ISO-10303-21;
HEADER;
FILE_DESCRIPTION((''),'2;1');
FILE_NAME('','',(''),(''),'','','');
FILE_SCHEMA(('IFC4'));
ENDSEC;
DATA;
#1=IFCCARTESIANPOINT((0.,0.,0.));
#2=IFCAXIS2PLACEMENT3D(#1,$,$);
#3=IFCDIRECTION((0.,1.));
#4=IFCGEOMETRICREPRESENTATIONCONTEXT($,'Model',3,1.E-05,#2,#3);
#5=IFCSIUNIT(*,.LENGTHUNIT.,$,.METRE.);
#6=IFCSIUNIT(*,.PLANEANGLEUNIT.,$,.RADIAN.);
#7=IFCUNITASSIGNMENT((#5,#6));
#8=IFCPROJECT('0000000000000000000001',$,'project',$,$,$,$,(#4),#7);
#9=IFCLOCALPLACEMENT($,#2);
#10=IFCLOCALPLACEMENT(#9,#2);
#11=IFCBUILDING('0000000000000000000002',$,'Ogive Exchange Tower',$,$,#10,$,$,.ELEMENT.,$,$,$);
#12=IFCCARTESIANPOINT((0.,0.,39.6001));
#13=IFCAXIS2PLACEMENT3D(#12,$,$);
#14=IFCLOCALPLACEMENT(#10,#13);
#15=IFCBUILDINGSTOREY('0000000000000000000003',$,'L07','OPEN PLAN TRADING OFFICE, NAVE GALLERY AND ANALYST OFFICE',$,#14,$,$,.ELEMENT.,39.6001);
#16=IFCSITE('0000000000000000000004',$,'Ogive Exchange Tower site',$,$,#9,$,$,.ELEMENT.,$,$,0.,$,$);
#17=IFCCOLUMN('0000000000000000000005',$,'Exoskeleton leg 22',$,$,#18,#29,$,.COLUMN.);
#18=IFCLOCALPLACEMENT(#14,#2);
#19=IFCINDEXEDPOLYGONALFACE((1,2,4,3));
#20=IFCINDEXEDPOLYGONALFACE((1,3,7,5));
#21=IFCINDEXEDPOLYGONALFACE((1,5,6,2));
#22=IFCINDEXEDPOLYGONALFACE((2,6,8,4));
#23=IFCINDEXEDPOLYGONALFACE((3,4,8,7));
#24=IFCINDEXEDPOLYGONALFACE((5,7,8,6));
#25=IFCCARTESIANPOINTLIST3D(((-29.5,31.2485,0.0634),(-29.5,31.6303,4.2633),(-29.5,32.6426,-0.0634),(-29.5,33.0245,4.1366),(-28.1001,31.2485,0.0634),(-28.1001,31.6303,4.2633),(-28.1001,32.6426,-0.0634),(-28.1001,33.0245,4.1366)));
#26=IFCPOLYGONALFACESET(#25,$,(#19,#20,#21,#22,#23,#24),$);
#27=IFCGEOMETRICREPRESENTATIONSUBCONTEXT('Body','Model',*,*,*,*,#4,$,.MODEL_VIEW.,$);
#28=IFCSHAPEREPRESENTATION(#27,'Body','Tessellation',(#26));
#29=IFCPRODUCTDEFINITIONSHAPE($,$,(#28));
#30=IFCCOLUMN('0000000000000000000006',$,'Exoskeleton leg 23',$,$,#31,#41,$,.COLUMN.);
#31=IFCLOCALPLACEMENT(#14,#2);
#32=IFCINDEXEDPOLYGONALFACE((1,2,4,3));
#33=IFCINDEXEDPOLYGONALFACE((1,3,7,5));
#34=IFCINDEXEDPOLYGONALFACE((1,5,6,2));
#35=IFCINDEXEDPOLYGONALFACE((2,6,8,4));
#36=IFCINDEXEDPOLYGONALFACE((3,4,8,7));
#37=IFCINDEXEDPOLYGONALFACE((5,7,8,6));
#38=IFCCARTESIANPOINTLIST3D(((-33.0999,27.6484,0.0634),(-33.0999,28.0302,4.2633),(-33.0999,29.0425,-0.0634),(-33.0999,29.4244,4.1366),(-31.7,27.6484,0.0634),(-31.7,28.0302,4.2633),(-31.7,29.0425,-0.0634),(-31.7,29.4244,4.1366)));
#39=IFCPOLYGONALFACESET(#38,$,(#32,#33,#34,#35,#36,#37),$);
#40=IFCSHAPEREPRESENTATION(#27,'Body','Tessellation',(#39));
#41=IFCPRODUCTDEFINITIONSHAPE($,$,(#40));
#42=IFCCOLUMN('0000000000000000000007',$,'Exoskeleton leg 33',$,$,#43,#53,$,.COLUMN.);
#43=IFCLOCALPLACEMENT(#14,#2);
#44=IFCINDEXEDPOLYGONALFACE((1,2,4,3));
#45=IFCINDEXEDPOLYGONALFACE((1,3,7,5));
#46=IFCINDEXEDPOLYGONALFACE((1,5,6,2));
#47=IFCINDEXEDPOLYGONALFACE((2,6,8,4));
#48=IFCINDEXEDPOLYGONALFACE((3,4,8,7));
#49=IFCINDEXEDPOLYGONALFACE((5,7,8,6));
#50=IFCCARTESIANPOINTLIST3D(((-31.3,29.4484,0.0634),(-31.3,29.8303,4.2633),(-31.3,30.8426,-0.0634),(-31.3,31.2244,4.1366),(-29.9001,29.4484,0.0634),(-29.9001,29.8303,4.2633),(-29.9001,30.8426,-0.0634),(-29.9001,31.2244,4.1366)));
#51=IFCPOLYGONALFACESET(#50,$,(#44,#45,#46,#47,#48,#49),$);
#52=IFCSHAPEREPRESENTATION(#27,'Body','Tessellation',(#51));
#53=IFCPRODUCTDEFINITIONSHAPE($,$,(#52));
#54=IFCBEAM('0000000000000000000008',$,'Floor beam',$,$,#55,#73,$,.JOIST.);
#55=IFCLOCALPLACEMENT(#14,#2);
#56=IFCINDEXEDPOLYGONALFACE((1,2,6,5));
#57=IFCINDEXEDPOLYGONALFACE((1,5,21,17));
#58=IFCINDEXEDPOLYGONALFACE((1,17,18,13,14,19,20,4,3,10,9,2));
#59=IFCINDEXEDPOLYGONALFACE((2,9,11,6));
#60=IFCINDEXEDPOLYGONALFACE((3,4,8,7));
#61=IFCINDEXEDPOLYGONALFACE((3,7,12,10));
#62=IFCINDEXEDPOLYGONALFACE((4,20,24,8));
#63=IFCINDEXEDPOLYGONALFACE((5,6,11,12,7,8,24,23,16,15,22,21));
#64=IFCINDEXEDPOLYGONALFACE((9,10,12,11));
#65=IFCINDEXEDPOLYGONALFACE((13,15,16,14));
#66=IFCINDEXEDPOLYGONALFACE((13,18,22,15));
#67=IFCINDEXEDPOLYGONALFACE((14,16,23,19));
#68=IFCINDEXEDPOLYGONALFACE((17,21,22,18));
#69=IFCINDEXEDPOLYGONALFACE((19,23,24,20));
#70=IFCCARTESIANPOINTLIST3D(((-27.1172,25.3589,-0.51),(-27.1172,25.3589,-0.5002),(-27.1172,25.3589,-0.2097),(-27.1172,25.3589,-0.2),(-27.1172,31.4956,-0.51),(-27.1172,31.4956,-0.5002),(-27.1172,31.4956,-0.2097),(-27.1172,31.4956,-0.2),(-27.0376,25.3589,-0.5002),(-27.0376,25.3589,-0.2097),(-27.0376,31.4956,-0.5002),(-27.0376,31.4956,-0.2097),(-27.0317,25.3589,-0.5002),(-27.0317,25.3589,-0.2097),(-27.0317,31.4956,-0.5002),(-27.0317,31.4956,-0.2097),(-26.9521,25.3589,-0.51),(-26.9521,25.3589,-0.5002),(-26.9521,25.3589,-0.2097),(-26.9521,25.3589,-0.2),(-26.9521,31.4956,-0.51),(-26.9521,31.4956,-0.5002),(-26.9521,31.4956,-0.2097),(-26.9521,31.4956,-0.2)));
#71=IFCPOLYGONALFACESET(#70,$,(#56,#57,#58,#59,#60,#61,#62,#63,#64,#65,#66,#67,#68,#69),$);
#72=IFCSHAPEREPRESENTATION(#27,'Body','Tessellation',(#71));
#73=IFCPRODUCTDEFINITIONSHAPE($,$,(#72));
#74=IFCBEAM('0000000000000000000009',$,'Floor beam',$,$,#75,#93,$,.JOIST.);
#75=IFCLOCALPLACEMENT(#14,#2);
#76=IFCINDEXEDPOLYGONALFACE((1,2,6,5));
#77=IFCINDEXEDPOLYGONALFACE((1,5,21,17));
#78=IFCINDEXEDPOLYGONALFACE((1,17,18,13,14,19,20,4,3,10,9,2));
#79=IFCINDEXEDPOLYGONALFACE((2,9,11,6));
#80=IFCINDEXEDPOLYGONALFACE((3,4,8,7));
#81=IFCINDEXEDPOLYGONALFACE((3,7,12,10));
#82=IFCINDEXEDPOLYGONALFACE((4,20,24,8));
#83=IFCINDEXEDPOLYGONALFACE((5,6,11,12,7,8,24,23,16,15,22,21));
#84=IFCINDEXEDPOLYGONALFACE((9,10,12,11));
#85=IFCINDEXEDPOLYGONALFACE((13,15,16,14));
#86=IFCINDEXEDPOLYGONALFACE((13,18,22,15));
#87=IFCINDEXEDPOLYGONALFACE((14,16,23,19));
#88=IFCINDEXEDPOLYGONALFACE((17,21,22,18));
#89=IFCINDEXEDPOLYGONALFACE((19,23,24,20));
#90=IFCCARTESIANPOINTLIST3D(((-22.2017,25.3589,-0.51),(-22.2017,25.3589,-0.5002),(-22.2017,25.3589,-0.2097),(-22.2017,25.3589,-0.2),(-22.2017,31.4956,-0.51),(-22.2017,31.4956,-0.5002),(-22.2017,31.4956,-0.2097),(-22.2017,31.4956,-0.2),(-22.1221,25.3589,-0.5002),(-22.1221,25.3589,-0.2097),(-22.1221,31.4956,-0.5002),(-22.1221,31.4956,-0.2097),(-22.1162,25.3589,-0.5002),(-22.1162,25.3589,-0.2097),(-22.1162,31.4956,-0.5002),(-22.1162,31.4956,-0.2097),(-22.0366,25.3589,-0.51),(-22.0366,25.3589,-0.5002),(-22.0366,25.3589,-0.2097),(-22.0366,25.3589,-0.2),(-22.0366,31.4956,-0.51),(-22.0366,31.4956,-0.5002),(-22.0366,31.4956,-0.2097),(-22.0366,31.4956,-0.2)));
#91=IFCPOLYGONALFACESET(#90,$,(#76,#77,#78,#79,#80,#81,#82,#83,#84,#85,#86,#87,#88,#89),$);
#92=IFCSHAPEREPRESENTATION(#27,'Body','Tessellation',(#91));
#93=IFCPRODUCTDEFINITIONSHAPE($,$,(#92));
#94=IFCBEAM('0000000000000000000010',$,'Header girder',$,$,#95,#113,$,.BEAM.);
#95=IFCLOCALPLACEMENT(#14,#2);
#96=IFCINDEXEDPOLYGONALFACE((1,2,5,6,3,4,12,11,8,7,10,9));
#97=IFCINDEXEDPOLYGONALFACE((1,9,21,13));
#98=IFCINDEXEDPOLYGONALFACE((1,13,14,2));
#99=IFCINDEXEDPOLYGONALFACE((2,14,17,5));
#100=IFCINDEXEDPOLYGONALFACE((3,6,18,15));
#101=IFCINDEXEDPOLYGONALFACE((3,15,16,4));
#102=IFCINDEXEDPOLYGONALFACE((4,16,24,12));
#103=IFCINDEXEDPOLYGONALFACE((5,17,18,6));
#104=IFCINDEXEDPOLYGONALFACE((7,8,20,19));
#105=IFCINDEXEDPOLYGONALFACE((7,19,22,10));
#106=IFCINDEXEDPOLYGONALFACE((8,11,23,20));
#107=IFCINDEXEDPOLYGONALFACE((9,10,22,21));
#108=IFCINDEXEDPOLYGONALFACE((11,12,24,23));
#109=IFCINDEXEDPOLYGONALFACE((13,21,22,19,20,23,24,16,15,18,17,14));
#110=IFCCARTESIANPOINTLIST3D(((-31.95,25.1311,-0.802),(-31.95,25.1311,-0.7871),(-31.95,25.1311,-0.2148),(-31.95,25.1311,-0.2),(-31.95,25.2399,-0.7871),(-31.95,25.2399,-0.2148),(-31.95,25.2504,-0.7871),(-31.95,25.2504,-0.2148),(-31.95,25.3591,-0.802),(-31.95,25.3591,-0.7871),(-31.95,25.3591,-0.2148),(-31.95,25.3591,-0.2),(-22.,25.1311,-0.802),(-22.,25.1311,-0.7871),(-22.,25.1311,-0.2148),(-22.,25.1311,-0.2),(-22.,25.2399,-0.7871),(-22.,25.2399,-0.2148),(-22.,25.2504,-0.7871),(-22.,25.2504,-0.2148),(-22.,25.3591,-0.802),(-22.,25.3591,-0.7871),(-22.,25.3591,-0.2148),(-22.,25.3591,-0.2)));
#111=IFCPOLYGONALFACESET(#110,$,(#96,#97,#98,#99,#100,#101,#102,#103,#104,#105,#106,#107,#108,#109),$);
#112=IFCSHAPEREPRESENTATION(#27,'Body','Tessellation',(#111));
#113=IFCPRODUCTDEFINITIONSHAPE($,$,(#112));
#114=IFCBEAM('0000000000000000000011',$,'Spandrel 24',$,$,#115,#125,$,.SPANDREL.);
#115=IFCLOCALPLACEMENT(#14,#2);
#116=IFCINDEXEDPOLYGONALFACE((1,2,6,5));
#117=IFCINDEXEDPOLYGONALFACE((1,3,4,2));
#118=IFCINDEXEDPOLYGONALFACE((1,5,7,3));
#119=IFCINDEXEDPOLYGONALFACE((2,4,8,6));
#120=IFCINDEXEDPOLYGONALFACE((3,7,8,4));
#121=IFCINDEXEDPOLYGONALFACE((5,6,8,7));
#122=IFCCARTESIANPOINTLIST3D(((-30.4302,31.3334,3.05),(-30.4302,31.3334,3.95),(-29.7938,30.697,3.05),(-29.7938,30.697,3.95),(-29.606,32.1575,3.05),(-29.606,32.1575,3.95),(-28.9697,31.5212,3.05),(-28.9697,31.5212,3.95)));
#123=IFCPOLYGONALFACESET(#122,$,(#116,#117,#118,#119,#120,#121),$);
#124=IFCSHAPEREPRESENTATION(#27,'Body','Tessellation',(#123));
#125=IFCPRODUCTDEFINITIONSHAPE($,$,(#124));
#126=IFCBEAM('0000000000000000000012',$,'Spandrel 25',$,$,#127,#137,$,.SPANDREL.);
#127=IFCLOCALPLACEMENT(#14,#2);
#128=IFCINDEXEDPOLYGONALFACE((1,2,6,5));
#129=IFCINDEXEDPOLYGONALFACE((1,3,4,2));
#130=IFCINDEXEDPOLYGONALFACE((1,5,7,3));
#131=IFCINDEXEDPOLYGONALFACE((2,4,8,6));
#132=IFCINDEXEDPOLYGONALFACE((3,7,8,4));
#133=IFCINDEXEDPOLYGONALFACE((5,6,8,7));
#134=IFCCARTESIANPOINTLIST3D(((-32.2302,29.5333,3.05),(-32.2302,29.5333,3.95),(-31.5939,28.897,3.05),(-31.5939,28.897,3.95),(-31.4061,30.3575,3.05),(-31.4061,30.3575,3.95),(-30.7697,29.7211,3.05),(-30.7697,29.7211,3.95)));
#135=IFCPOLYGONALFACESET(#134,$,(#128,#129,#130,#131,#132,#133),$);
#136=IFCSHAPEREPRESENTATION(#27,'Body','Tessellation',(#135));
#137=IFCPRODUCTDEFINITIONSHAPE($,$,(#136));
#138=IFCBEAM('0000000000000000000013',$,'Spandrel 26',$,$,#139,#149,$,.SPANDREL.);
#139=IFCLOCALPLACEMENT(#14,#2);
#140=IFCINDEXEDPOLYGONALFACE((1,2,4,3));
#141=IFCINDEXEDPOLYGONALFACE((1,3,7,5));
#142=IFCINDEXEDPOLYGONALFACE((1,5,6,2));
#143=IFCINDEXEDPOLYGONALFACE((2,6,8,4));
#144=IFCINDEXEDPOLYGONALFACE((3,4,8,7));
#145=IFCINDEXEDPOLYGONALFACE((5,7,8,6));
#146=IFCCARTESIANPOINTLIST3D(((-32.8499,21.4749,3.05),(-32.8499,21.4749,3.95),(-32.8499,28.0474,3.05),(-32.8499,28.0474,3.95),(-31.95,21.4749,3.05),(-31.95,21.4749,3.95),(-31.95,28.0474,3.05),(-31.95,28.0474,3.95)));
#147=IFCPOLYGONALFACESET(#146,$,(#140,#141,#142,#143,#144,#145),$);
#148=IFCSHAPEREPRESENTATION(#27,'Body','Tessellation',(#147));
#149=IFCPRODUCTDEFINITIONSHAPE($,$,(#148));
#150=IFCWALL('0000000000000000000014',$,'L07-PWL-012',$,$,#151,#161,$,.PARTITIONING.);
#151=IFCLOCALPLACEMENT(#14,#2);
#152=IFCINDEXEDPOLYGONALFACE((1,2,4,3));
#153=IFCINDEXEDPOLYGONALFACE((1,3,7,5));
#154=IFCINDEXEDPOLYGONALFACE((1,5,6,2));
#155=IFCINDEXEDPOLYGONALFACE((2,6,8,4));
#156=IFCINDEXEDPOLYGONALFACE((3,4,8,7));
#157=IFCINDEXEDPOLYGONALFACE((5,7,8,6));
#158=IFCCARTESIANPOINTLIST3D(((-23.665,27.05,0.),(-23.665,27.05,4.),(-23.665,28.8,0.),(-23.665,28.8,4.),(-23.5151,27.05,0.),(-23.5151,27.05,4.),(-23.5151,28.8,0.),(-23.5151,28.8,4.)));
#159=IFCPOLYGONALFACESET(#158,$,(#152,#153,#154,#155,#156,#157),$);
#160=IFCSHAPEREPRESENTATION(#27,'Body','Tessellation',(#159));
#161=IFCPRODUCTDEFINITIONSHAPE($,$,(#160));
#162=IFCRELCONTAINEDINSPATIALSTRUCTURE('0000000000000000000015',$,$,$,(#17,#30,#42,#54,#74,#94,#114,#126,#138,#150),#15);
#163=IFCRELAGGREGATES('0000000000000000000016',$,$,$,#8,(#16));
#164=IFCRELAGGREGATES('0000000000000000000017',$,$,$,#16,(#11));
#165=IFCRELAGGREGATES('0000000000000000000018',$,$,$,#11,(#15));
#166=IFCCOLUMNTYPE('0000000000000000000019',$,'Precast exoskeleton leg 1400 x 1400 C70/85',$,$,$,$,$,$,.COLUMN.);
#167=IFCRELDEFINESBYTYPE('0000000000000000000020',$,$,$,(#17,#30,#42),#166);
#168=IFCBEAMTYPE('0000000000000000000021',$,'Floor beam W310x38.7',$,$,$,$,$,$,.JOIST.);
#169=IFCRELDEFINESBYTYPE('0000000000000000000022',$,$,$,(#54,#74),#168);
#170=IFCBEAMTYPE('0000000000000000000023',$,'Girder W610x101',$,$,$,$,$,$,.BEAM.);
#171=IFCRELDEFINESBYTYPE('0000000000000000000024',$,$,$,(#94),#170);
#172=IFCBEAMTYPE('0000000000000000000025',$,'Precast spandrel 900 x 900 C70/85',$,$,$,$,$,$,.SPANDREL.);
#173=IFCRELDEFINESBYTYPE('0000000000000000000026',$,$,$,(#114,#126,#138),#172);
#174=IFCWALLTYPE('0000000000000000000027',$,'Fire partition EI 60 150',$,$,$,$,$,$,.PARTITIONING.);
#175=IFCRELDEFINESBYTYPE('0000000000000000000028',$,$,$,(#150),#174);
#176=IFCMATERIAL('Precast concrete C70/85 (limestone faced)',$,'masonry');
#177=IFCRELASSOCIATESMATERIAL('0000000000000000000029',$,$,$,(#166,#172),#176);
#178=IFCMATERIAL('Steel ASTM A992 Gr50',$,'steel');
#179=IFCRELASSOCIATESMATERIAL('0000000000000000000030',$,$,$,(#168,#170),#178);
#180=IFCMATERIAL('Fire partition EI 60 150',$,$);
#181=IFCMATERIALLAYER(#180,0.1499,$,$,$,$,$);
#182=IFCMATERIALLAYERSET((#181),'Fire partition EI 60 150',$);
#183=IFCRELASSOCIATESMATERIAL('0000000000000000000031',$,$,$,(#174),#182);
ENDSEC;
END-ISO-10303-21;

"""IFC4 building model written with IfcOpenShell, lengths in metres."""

from ifc_helpers import new_model, si_unit, direction, frame, frame_2d, origin, origin_2d, place, context, subcontext, project, spatial, rectangle, i_section, extrude, material, layer, layer_set, material_profile, profile_set, type_object, element, save


model = new_model("IFC4")

# Units and contexts
model_context = context("Model", 3, precision=1e-05, world=origin(), true_north=direction((0.0, 1.0)))
body_context = subcontext(model_context, "Body", "Model", "MODEL_VIEW")
ifc_project = project(units=[si_unit("LENGTHUNIT", "METRE"), si_unit("PLANEANGLEUNIT", "RADIAN")], contexts=[model_context])

# Site, building, storey
site_placement = place(None, origin())
site = spatial("IfcSite", under=ifc_project, at=site_placement, Name="Ogive Exchange Tower site", CompositionType="ELEMENT", RefElevation=0.0)
building_placement = place(site_placement, origin())
building = spatial("IfcBuilding", under=site, at=building_placement, Name="Ogive Exchange Tower", CompositionType="ELEMENT")
storey_placement = place(building_placement, frame((0.0, 0.0, 39.6001)))
storey = spatial("IfcBuildingStorey", under=building, at=storey_placement, Name="L07", Description="OPEN PLAN TRADING OFFICE, NAVE GALLERY AND ANALYST OFFICE", CompositionType="ELEMENT", Elevation=39.6001)

# Columns
ifc_material_1 = material(Name="Precast concrete C70/85 (limestone faced)", Category="masonry")
ifc_material_profile_1 = material_profile(ifc_material_1, rectangle(XDim=1.3999, YDim=1.3999, at=origin_2d()), Name="1400 x 1400")
ifc_profile_set_1 = profile_set([ifc_material_profile_1], Name="Precast concrete C70/85 (limestone faced)")
column_type = type_object("IfcColumnType", Name="Precast exoskeleton leg 1400 x 1400 C70/85", PredefinedType="COLUMN", material=ifc_profile_set_1)
for number, where, z_axis, x_axis, name in (
    (1, (-28.8, 31.9456, 0.0), (0.0, 0.090541, 0.995893), (-1.0, 0.0, 0.0), "Exoskeleton leg 22"),
    (2, (-32.3999, 28.3455, 0.0), (0.0, 0.090541, 0.995893), (-1.0, 0.0, 0.0), "Exoskeleton leg 23"),
    (3, (-30.6001, 30.1455, 0.0), (0.0, 0.090541, 0.995893), (-1.0, 0.0, 0.0), "Exoskeleton leg 33"),
):
    element("IfcColumn", number, at=place(storey_placement, frame(where, z_axis=z_axis, x_axis=x_axis)), inside=storey, type_object=column_type, Name=name, PredefinedType="COLUMN", context=body_context, shape_type="SweptSolid", body=[
        extrude(rectangle(XDim=1.3999, YDim=1.3999, at=origin_2d()), origin(), (0.0, 0.0, 1.0), 4.2173),
    ])

# Beams
ifc_material_2 = material(Name="Steel ASTM A992 Gr50", Category="steel")
ifc_material_profile_2 = material_profile(ifc_material_2, i_section(OverallWidth=0.165, OverallDepth=0.3101, WebThickness=0.0059, FlangeThickness=0.0098, at=origin_2d()), Name="W310x38.7")
ifc_profile_set_2 = profile_set([ifc_material_profile_2], Name="Steel ASTM A992 Gr50")
beam_type_1 = type_object("IfcBeamType", Name="Floor beam W310x38.7", PredefinedType="JOIST", material=ifc_profile_set_2)
for number, where, z_axis, x_axis, name in (
    (4, (-27.0347, 25.3589, -0.355), (0.0, 1.0, 0.0), (-1.0, 0.0, 0.0), "Floor beam"),
    (5, (-22.1191, 25.3589, -0.355), (0.0, 1.0, 0.0), (-1.0, 0.0, 0.0), "Floor beam"),
):
    element("IfcBeam", number, at=place(storey_placement, frame(where, z_axis=z_axis, x_axis=x_axis)), inside=storey, type_object=beam_type_1, Name=name, PredefinedType="JOIST", context=body_context, shape_type="SweptSolid", body=[
        extrude(i_section(OverallWidth=0.165, OverallDepth=0.3101, WebThickness=0.0059, FlangeThickness=0.0098, at=origin_2d()), origin(), (0.0, 0.0, 1.0), 6.1367),
    ])
ifc_material_profile_3 = material_profile(ifc_material_2, i_section(OverallWidth=0.228, OverallDepth=0.6021, WebThickness=0.0105, FlangeThickness=0.0149, at=origin_2d()), Name="W610x101")
ifc_profile_set_3 = profile_set([ifc_material_profile_3], Name="Steel ASTM A992 Gr50")
beam_type_2 = type_object("IfcBeamType", Name="Girder W610x101", PredefinedType="BEAM", material=ifc_profile_set_3)
beam_1_placement = place(storey_placement, frame((-31.95, 25.2451, -0.501), z_axis=(1.0, 0.0, 0.0), x_axis=(0.0, 1.0, 0.0)))
element("IfcBeam", 6, at=beam_1_placement, inside=storey, type_object=beam_type_2, Name="Header girder", PredefinedType="BEAM", context=body_context, shape_type="SweptSolid", body=[
    extrude(i_section(OverallWidth=0.228, OverallDepth=0.6021, WebThickness=0.0105, FlangeThickness=0.0149, at=origin_2d()), origin(), (0.0, 0.0, 1.0), 9.95),
])
ifc_material_profile_4 = material_profile(ifc_material_1, rectangle(XDim=0.8999, YDim=0.8999, at=origin_2d()), Name="900 x 900")
ifc_profile_set_4 = profile_set([ifc_material_profile_4], Name="Precast concrete C70/85 (limestone faced)")
beam_type_3 = type_object("IfcBeamType", Name="Precast spandrel 900 x 900 C70/85", PredefinedType="SPANDREL", material=ifc_profile_set_4)
for number, where, z_axis, x_axis, name in (
    (7, (-29.2878, 31.8394, 3.5), (-0.707107, -0.707107, 0.0), (0.707107, -0.707107, 0.0), "Spandrel 24"),
    (8, (-31.0879, 30.0393, 3.5), (-0.707107, -0.707107, 0.0), (0.707107, -0.707107, 0.0), "Spandrel 25"),
):
    element("IfcBeam", number, at=place(storey_placement, frame(where, z_axis=z_axis, x_axis=x_axis)), inside=storey, type_object=beam_type_3, Name=name, PredefinedType="SPANDREL", context=body_context, shape_type="SweptSolid", body=[
        extrude(rectangle(XDim=0.8999, YDim=0.8999, at=origin_2d()), origin(), (0.0, 0.0, 1.0), 1.1655),
    ])
beam_2_placement = place(storey_placement, frame((-32.3999, 28.0474, 3.5), z_axis=(0.0, -1.0, 0.0), x_axis=(1.0, 0.0, 0.0)))
element("IfcBeam", 9, at=beam_2_placement, inside=storey, type_object=beam_type_3, Name="Spandrel 26", PredefinedType="SPANDREL", context=body_context, shape_type="SweptSolid", body=[
    extrude(rectangle(XDim=0.8999, YDim=0.8999, at=origin_2d()), origin(), (0.0, 0.0, 1.0), 6.5725),
])

# Wall
ifc_material_3 = material(Name="Fire partition EI 60 150")
ifc_layer_1 = layer(ifc_material_3, 0.1499)
ifc_layer_set_1 = layer_set([ifc_layer_1], Name="Fire partition EI 60 150")
wall_type_1 = type_object("IfcWallType", Name="Fire partition EI 60 150", PredefinedType="PARTITIONING", material=ifc_layer_set_1)
wall_1_placement = place(storey_placement, frame((-23.5901, 27.05, 0.0), z_axis=(0.0, 0.0, 1.0), x_axis=(0.0, 1.0, 0.0)))
element("IfcWall", 10, at=wall_1_placement, inside=storey, type_object=wall_type_1, Name="L07-PWL-012", PredefinedType="PARTITIONING", context=body_context, shape_type="SweptSolid", body=[
    extrude(rectangle(XDim=1.75, YDim=0.1499, at=frame_2d((0.875, 0.0))), origin(), (0.0, 0.0, 1.0), 4.0),
])

save(model, "model.ifc")
